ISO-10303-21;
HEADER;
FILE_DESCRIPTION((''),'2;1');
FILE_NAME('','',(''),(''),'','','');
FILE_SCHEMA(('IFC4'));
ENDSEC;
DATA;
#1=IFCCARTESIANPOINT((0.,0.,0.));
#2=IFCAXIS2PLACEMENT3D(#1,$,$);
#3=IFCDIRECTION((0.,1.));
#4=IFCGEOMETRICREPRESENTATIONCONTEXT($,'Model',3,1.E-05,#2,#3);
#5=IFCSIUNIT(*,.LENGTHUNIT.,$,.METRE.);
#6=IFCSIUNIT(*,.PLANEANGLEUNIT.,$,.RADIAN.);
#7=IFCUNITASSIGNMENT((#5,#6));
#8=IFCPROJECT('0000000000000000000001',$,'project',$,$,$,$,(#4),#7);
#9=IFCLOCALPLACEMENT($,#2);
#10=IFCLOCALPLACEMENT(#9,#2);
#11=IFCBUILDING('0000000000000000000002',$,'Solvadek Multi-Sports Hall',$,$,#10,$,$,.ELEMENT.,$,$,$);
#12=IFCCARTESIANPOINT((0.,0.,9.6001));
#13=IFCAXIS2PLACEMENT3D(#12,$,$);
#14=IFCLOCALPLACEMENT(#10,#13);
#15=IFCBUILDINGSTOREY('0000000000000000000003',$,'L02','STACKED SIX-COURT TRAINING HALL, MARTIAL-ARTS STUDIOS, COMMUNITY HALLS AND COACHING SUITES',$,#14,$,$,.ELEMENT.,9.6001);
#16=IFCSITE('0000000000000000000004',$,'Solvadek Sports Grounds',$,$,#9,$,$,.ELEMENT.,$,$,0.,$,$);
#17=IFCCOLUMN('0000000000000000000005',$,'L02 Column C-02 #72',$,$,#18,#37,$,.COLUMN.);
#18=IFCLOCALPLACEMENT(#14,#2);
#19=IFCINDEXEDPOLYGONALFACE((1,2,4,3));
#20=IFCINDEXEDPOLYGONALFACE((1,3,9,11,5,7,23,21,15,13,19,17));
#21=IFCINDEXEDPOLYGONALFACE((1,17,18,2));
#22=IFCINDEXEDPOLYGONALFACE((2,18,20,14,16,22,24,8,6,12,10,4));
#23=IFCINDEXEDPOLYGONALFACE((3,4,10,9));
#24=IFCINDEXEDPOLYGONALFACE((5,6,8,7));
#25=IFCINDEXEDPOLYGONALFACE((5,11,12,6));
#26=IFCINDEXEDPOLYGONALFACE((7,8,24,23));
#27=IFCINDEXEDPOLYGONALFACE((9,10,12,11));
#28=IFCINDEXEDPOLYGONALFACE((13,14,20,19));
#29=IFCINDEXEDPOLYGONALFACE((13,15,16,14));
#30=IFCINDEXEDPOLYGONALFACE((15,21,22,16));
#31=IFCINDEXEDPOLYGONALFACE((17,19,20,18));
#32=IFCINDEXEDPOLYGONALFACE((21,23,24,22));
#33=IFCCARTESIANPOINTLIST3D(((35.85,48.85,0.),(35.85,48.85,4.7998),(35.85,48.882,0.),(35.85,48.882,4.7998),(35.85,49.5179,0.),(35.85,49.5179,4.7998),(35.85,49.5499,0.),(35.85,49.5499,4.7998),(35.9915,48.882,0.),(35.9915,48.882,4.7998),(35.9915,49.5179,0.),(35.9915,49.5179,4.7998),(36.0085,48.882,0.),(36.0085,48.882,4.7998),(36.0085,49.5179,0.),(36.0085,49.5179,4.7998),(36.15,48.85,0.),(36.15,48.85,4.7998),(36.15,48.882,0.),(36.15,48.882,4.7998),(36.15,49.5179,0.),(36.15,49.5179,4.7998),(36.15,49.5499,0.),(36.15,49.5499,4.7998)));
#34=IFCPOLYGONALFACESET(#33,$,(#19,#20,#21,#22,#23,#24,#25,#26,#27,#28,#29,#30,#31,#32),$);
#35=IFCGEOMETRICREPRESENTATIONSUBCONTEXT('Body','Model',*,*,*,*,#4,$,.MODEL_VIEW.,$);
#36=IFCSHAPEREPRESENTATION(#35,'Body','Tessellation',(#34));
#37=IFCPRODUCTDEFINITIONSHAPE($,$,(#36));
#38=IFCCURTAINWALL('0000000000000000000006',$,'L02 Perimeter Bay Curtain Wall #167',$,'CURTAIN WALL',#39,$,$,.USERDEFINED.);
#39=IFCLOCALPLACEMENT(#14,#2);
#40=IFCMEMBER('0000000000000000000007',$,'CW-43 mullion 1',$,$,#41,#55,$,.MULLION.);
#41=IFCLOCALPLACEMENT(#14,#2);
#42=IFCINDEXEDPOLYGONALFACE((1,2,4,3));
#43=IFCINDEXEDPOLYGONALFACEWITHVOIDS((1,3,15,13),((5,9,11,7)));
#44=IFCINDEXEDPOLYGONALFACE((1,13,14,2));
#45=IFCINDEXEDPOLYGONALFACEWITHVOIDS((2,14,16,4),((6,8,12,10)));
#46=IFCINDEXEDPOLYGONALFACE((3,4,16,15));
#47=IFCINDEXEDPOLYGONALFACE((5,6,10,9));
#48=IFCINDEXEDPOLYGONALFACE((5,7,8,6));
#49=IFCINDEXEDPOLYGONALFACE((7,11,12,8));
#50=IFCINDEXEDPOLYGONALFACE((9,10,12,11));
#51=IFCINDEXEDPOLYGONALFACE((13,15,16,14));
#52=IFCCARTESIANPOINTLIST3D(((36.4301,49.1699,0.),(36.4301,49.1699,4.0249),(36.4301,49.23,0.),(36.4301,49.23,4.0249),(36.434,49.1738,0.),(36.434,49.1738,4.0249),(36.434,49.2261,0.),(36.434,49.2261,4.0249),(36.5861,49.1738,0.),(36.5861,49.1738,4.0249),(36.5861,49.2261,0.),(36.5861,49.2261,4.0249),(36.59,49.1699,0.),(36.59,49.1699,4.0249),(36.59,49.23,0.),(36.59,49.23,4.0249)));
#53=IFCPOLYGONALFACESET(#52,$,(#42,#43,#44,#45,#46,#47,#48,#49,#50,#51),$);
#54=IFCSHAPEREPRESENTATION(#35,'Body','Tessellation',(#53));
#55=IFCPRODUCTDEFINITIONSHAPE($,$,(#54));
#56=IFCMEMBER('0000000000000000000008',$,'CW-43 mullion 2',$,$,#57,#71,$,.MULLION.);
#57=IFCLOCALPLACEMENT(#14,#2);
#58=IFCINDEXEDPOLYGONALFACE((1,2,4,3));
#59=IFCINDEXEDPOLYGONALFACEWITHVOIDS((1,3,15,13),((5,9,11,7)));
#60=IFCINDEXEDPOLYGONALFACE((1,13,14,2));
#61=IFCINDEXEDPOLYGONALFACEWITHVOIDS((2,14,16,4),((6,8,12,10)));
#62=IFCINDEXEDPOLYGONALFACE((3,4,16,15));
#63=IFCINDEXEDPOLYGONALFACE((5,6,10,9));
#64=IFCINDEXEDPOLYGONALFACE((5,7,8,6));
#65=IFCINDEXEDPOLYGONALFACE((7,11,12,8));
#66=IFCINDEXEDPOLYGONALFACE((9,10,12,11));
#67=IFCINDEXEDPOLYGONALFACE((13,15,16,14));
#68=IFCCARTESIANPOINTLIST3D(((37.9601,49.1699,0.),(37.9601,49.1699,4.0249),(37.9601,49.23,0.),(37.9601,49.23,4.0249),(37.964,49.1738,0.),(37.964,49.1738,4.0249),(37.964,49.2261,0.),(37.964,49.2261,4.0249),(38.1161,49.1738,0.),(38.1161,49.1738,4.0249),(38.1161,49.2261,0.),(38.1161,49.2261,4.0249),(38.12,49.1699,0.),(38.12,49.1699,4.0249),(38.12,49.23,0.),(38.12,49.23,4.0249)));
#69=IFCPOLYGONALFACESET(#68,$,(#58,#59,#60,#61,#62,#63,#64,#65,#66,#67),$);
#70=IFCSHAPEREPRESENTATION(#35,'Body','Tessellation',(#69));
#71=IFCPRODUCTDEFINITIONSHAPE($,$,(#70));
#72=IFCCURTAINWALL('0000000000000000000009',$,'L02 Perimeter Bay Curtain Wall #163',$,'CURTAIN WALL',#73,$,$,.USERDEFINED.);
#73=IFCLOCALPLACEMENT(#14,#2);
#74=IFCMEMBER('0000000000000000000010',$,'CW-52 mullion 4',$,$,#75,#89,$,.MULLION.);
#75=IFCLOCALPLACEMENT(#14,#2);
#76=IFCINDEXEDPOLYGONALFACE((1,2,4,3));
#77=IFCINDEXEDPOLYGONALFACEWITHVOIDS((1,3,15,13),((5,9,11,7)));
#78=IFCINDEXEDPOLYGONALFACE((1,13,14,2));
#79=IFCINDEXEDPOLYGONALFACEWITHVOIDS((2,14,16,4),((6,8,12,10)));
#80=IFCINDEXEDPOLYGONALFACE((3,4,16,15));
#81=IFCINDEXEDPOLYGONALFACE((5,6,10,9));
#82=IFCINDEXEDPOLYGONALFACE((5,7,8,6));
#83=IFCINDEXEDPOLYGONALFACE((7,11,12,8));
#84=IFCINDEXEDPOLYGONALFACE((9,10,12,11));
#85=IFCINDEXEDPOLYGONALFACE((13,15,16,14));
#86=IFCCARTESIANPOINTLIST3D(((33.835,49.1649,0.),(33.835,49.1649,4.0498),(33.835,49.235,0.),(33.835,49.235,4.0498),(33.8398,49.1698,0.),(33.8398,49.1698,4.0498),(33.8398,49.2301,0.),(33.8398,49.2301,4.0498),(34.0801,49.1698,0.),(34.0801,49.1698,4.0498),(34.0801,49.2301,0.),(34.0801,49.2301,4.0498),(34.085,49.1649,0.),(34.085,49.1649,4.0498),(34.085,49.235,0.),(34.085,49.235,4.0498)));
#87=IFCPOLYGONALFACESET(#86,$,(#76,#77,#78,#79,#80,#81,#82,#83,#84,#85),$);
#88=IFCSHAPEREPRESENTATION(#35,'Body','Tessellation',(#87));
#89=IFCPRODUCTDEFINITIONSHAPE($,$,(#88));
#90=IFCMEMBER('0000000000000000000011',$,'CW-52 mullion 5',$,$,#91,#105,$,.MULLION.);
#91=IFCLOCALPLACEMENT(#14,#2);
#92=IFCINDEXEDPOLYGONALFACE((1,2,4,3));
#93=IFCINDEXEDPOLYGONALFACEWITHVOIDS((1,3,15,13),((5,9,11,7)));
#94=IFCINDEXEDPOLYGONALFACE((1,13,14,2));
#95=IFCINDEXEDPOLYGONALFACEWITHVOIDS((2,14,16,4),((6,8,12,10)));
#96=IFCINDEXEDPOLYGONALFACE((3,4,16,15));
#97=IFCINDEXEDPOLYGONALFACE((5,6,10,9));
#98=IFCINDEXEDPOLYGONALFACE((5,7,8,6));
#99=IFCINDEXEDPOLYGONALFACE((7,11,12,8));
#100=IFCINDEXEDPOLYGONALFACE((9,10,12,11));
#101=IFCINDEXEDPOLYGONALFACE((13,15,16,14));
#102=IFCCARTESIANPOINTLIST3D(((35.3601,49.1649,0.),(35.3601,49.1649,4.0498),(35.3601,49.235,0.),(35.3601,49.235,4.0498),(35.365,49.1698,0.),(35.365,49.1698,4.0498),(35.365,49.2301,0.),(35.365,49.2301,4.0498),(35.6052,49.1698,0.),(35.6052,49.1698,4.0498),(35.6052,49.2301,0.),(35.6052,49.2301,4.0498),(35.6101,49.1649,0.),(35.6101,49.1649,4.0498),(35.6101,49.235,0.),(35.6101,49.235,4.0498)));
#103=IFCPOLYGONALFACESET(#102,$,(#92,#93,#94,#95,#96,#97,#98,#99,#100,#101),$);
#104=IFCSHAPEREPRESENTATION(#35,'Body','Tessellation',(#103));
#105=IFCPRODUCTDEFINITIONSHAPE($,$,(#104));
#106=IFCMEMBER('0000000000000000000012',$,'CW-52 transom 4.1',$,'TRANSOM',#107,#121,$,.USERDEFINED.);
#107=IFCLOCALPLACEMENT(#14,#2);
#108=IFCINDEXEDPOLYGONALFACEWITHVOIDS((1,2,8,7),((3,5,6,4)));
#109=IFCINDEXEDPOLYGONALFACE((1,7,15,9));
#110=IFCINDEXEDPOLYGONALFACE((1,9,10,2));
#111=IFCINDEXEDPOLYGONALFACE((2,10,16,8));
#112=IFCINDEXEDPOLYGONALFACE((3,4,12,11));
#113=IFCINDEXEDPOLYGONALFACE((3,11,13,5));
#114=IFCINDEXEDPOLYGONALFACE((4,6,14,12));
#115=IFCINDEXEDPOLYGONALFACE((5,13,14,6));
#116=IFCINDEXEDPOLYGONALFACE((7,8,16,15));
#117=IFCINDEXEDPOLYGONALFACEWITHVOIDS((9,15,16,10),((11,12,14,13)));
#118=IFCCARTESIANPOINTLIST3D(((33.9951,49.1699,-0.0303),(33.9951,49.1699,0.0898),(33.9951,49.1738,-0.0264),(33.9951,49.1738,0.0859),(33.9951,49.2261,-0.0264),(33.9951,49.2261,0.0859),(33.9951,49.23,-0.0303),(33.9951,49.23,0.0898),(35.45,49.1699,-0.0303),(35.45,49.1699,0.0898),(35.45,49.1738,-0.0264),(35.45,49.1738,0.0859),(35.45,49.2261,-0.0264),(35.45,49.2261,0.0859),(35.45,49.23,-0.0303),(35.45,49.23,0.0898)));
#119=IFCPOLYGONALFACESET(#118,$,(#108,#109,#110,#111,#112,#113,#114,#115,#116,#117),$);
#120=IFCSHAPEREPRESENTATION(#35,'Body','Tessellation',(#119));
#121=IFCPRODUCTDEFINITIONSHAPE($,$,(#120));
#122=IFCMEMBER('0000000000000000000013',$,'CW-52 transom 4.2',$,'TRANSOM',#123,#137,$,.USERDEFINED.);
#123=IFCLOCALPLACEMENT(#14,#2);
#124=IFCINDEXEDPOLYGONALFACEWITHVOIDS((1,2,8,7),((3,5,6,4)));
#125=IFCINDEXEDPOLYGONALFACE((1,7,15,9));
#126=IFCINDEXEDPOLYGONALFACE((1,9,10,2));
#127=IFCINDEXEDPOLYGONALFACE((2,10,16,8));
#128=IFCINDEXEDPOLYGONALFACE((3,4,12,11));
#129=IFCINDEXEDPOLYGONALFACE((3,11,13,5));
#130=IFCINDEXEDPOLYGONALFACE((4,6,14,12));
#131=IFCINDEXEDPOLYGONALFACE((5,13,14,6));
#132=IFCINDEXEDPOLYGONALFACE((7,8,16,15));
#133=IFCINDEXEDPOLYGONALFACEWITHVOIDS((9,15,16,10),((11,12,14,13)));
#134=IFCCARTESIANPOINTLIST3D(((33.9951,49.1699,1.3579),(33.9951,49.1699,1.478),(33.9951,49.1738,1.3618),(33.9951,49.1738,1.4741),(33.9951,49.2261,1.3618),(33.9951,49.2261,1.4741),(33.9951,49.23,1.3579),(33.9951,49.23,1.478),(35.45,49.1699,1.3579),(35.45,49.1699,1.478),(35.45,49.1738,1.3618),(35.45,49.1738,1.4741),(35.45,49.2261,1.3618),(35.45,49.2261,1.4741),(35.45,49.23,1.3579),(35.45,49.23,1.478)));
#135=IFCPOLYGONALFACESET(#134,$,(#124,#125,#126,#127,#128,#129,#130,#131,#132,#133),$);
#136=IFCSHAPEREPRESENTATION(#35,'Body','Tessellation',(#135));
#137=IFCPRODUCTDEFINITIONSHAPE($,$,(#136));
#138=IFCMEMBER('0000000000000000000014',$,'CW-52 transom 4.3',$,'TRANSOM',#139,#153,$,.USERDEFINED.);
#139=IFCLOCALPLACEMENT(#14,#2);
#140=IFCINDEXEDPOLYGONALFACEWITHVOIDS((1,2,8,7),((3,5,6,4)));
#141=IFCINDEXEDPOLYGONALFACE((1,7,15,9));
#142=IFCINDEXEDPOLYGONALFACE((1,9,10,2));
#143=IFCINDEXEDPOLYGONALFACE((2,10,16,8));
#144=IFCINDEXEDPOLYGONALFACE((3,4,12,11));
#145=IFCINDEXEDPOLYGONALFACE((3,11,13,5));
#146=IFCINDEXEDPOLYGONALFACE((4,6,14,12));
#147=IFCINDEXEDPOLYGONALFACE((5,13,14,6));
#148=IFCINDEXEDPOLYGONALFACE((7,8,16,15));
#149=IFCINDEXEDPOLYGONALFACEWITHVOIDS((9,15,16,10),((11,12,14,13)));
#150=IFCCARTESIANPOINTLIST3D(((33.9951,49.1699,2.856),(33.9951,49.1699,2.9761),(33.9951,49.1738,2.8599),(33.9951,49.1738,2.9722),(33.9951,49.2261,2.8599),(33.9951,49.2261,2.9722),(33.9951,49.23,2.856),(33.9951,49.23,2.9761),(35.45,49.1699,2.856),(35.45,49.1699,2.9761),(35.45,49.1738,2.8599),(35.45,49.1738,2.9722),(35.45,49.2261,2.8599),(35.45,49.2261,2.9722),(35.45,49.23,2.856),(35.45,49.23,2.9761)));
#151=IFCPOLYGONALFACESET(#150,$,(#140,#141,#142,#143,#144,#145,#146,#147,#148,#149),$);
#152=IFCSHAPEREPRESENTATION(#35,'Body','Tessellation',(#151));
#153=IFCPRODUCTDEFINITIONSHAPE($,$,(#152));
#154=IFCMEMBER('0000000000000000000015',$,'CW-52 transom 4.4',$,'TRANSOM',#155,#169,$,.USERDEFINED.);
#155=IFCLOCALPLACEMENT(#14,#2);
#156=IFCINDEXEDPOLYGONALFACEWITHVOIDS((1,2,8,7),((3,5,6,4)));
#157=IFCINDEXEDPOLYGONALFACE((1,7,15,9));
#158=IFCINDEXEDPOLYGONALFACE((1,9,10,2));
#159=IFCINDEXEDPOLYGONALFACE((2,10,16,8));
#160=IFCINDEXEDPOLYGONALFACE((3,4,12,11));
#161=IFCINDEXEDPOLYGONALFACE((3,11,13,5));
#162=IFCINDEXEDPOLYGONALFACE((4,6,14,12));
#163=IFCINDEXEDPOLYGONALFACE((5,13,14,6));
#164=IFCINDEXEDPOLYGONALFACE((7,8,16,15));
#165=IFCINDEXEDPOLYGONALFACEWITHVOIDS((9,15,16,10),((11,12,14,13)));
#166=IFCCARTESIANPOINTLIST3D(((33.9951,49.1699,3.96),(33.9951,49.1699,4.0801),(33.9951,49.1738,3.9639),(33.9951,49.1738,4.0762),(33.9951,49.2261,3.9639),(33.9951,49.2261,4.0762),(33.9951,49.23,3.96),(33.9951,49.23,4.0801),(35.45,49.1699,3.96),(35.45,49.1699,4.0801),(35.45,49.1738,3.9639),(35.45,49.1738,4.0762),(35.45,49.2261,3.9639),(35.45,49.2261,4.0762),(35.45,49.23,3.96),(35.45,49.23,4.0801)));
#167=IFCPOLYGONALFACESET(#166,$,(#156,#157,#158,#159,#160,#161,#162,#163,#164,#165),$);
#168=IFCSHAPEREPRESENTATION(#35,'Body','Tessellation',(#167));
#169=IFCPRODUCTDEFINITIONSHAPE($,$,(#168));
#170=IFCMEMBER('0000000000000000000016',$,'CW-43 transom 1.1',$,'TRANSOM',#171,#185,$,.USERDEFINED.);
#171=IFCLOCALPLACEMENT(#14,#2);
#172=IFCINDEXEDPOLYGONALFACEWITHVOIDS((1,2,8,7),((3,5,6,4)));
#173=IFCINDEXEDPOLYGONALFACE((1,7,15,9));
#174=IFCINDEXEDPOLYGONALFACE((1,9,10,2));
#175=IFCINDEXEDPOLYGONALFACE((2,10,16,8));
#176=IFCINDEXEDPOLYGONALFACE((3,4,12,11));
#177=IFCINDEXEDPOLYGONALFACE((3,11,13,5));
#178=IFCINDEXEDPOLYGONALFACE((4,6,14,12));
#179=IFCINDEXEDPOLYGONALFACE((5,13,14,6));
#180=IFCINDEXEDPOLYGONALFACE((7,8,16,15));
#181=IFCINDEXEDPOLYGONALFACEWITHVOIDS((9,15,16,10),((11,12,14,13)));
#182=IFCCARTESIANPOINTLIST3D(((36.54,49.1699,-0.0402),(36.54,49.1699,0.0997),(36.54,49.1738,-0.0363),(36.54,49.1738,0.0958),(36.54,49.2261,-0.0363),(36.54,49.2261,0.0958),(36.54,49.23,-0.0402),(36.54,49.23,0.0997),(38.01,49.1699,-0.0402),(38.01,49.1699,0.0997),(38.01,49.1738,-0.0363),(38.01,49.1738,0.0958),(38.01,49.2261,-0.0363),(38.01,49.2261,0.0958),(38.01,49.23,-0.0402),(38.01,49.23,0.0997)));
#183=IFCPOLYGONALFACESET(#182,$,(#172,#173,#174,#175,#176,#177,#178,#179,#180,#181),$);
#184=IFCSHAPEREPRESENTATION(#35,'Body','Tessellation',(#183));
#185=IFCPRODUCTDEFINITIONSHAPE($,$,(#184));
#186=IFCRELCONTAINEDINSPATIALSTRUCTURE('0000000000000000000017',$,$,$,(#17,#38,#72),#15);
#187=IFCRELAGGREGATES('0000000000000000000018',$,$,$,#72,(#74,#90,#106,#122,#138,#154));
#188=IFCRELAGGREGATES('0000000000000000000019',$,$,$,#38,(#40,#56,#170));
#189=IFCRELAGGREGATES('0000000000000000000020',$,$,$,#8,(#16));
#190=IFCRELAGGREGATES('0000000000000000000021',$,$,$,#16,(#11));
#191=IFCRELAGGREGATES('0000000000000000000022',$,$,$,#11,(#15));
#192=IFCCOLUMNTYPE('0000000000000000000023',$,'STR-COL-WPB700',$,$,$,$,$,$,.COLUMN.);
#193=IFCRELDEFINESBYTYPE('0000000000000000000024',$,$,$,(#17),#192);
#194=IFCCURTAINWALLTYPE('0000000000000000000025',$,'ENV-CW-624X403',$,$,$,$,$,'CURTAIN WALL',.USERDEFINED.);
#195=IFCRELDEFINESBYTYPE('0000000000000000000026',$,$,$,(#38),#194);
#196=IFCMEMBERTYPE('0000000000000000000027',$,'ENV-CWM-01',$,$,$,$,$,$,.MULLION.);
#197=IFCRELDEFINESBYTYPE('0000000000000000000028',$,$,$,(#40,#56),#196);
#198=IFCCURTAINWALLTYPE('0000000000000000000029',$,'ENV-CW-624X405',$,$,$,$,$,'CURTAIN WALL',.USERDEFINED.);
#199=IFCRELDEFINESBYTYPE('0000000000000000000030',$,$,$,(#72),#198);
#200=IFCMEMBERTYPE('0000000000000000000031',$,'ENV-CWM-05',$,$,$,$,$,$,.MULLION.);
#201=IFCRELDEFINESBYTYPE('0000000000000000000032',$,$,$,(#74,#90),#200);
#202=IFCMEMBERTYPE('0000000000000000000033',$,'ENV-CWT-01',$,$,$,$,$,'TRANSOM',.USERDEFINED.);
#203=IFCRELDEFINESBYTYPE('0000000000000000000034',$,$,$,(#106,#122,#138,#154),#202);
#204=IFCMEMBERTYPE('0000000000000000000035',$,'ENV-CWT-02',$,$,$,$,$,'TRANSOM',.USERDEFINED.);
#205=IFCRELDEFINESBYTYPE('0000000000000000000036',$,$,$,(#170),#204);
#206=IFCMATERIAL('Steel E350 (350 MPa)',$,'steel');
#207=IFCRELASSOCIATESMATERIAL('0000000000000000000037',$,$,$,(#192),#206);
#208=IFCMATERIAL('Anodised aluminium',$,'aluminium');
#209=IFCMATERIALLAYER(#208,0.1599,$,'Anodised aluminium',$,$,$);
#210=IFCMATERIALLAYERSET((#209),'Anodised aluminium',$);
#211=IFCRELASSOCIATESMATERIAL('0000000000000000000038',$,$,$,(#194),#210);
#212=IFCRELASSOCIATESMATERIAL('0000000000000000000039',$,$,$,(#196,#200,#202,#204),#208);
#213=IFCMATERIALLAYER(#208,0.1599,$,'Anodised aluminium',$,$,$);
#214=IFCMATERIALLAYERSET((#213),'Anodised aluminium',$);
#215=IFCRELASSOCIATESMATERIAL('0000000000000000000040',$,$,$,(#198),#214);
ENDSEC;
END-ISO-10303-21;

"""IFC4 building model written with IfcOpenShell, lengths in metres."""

from ifc_helpers import new_model, si_unit, direction, frame, origin, origin_2d, place, context, subcontext, project, spatial, hollow_rectangle, i_section, extrude, material, layer, layer_set, material_profile, profile_set, type_object, element, aggregate, save


model = new_model("IFC4")

# Units and contexts
model_context = context("Model", 3, precision=1e-05, world=origin(), true_north=direction((0.0, 1.0)))
body_context = subcontext(model_context, "Body", "Model", "MODEL_VIEW")
ifc_project = project(units=[si_unit("LENGTHUNIT", "METRE"), si_unit("PLANEANGLEUNIT", "RADIAN")], contexts=[model_context])

# Site, building, storey
site_placement = place(None, origin())
site = spatial("IfcSite", under=ifc_project, at=site_placement, Name="Solvadek Sports Grounds", CompositionType="ELEMENT", RefElevation=0.0)
building_placement = place(site_placement, origin())
building = spatial("IfcBuilding", under=site, at=building_placement, Name="Solvadek Multi-Sports Hall", CompositionType="ELEMENT")
storey_placement = place(building_placement, frame((0.0, 0.0, 9.6001)))
storey = spatial("IfcBuildingStorey", under=building, at=storey_placement, Name="L02", Description="STACKED SIX-COURT TRAINING HALL, MARTIAL-ARTS STUDIOS, COMMUNITY HALLS AND COACHING SUITES", CompositionType="ELEMENT", Elevation=9.6001)

# Column
ifc_material_1 = material(Name="Steel E350 (350 MPa)", Category="steel")
ifc_material_profile_1 = material_profile(ifc_material_1, i_section(OverallWidth=0.3, OverallDepth=0.7, WebThickness=0.0171, FlangeThickness=0.032, at=origin_2d()), Name="WPB 700")
ifc_profile_set_1 = profile_set([ifc_material_profile_1], Name="Steel E350 (350 MPa)")
column_type = type_object("IfcColumnType", Name="STR-COL-WPB700", PredefinedType="COLUMN", material=ifc_profile_set_1)
column_placement = place(storey_placement, frame((36.0, 49.2, 0.0), z_axis=(0.0, 0.0, 1.0), x_axis=(1.0, 0.0, 0.0)))
element("IfcColumn", 1, at=column_placement, inside=storey, type_object=column_type, Name="L02 Column C-02 #72", PredefinedType="COLUMN", context=body_context, shape_type="SweptSolid", body=[
    extrude(i_section(OverallWidth=0.3, OverallDepth=0.7, WebThickness=0.0171, FlangeThickness=0.032, at=origin_2d()), origin(), (0.0, 0.0, 1.0), 4.7998),
])

# Curtain walls, members
ifc_material_2 = material(Name="Anodised aluminium", Category="aluminium")
ifc_layer_1 = layer(ifc_material_2, 0.1599, Name="Anodised aluminium")
ifc_layer_set_1 = layer_set([ifc_layer_1], Name="Anodised aluminium")
curtain_wall_type_1 = type_object("IfcCurtainWallType", Name="ENV-CW-624X403", ElementType="CURTAIN WALL", PredefinedType="USERDEFINED", material=ifc_layer_set_1)
curtain_wall_1_placement = place(storey_placement, origin())
curtain_wall_1 = element("IfcCurtainWall", 2, at=curtain_wall_1_placement, inside=storey, type_object=curtain_wall_type_1, Name="L02 Perimeter Bay Curtain Wall #167", ObjectType="CURTAIN WALL", PredefinedType="USERDEFINED")
ifc_material_profile_2 = material_profile(ifc_material_2, hollow_rectangle(XDim=0.0601, YDim=0.1599, WallThickness=0.0039, at=origin_2d()), Name="ALU-M 160x60x4")
ifc_profile_set_2 = profile_set([ifc_material_profile_2], Name="Anodised aluminium")
member_type_1 = type_object("IfcMemberType", Name="ENV-CWM-01", PredefinedType="MULLION", material=ifc_profile_set_2)
member_1_placement = place(storey_placement, frame((36.51, 49.2, 0.0), z_axis=(0.0, 0.0, 1.0), x_axis=(0.0, 1.0, 0.0)))
member_1 = element("IfcMember", 3, at=member_1_placement, type_object=member_type_1, Name="CW-43 mullion 1", PredefinedType="MULLION", context=body_context, shape_type="SweptSolid", body=[
    extrude(hollow_rectangle(XDim=0.0601, YDim=0.1599, WallThickness=0.0039, at=origin_2d()), origin(), (0.0, 0.0, 1.0), 4.0249),
])
member_2_placement = place(storey_placement, frame((38.04, 49.2, 0.0), z_axis=(0.0, 0.0, 1.0), x_axis=(0.0, 1.0, 0.0)))
member_2 = element("IfcMember", 4, at=member_2_placement, type_object=member_type_1, Name="CW-43 mullion 2", PredefinedType="MULLION", context=body_context, shape_type="SweptSolid", body=[
    extrude(hollow_rectangle(XDim=0.0601, YDim=0.1599, WallThickness=0.0039, at=origin_2d()), origin(), (0.0, 0.0, 1.0), 4.0249),
])
ifc_layer_2 = layer(ifc_material_2, 0.1599, Name="Anodised aluminium")
ifc_layer_set_2 = layer_set([ifc_layer_2], Name="Anodised aluminium")
curtain_wall_type_2 = type_object("IfcCurtainWallType", Name="ENV-CW-624X405", ElementType="CURTAIN WALL", PredefinedType="USERDEFINED", material=ifc_layer_set_2)
curtain_wall_2_placement = place(storey_placement, origin())
curtain_wall_2 = element("IfcCurtainWall", 5, at=curtain_wall_2_placement, inside=storey, type_object=curtain_wall_type_2, Name="L02 Perimeter Bay Curtain Wall #163", ObjectType="CURTAIN WALL", PredefinedType="USERDEFINED")
ifc_material_profile_3 = material_profile(ifc_material_2, hollow_rectangle(XDim=0.0701, YDim=0.25, WallThickness=0.0049, at=origin_2d()), Name="ALU-M 250x70x5")
ifc_profile_set_3 = profile_set([ifc_material_profile_3], Name="Anodised aluminium")
member_type_2 = type_object("IfcMemberType", Name="ENV-CWM-05", PredefinedType="MULLION", material=ifc_profile_set_3)
member_3_placement = place(storey_placement, frame((33.96, 49.2, 0.0), z_axis=(0.0, 0.0, 1.0), x_axis=(0.0, 1.0, 0.0)))
member_3 = element("IfcMember", 6, at=member_3_placement, type_object=member_type_2, Name="CW-52 mullion 4", PredefinedType="MULLION", context=body_context, shape_type="SweptSolid", body=[
    extrude(hollow_rectangle(XDim=0.0701, YDim=0.25, WallThickness=0.0049, at=origin_2d()), origin(), (0.0, 0.0, 1.0), 4.0498),
])
member_4_placement = place(storey_placement, frame((35.4851, 49.2, 0.0), z_axis=(0.0, 0.0, 1.0), x_axis=(0.0, 1.0, 0.0)))
member_4 = element("IfcMember", 7, at=member_4_placement, type_object=member_type_2, Name="CW-52 mullion 5", PredefinedType="MULLION", context=body_context, shape_type="SweptSolid", body=[
    extrude(hollow_rectangle(XDim=0.0701, YDim=0.25, WallThickness=0.0049, at=origin_2d()), origin(), (0.0, 0.0, 1.0), 4.0498),
])
ifc_material_profile_4 = material_profile(ifc_material_2, hollow_rectangle(XDim=0.0601, YDim=0.1201, WallThickness=0.0039, at=origin_2d()), Name="ALU-T 120x60x4")
ifc_profile_set_4 = profile_set([ifc_material_profile_4], Name="Anodised aluminium")
member_type_3 = type_object("IfcMemberType", Name="ENV-CWT-01", ElementType="TRANSOM", PredefinedType="USERDEFINED", material=ifc_profile_set_4)
member_5_placement = place(storey_placement, frame((33.9951, 49.2, 0.0298), z_axis=(1.0, 0.0, 0.0), x_axis=(0.0, 1.0, 0.0)))
member_5 = element("IfcMember", 8, at=member_5_placement, type_object=member_type_3, Name="CW-52 transom 4.1", ObjectType="TRANSOM", PredefinedType="USERDEFINED", context=body_context, shape_type="SweptSolid", body=[
    extrude(hollow_rectangle(XDim=0.0601, YDim=0.1201, WallThickness=0.0039, at=origin_2d()), origin(), (0.0, 0.0, 1.0), 1.4548),
])
member_6_placement = place(storey_placement, frame((33.9951, 49.2, 1.418), z_axis=(1.0, 0.0, 0.0), x_axis=(0.0, 1.0, 0.0)))
member_6 = element("IfcMember", 9, at=member_6_placement, type_object=member_type_3, Name="CW-52 transom 4.2", ObjectType="TRANSOM", PredefinedType="USERDEFINED", context=body_context, shape_type="SweptSolid", body=[
    extrude(hollow_rectangle(XDim=0.0601, YDim=0.1201, WallThickness=0.0039, at=origin_2d()), origin(), (0.0, 0.0, 1.0), 1.4548),
])
member_7_placement = place(storey_placement, frame((33.9951, 49.2, 2.916), z_axis=(1.0, 0.0, 0.0), x_axis=(0.0, 1.0, 0.0)))
member_7 = element("IfcMember", 10, at=member_7_placement, type_object=member_type_3, Name="CW-52 transom 4.3", ObjectType="TRANSOM", PredefinedType="USERDEFINED", context=body_context, shape_type="SweptSolid", body=[
    extrude(hollow_rectangle(XDim=0.0601, YDim=0.1201, WallThickness=0.0039, at=origin_2d()), origin(), (0.0, 0.0, 1.0), 1.4548),
])
member_8_placement = place(storey_placement, frame((33.9951, 49.2, 4.02), z_axis=(1.0, 0.0, 0.0), x_axis=(0.0, 1.0, 0.0)))
member_8 = element("IfcMember", 11, at=member_8_placement, type_object=member_type_3, Name="CW-52 transom 4.4", ObjectType="TRANSOM", PredefinedType="USERDEFINED", context=body_context, shape_type="SweptSolid", body=[
    extrude(hollow_rectangle(XDim=0.0601, YDim=0.1201, WallThickness=0.0039, at=origin_2d()), origin(), (0.0, 0.0, 1.0), 1.4548),
])

# Member
ifc_material_profile_5 = material_profile(ifc_material_2, hollow_rectangle(XDim=0.0601, YDim=0.1399, WallThickness=0.0039, at=origin_2d()), Name="ALU-T 140x60x4")
ifc_profile_set_5 = profile_set([ifc_material_profile_5], Name="Anodised aluminium")
member_type_4 = type_object("IfcMemberType", Name="ENV-CWT-02", ElementType="TRANSOM", PredefinedType="USERDEFINED", material=ifc_profile_set_5)
member_9_placement = place(storey_placement, frame((36.54, 49.2, 0.0298), z_axis=(1.0, 0.0, 0.0), x_axis=(0.0, 1.0, 0.0)))
member_9 = element("IfcMember", 12, at=member_9_placement, type_object=member_type_4, Name="CW-43 transom 1.1", ObjectType="TRANSOM", PredefinedType="USERDEFINED", context=body_context, shape_type="SweptSolid", body=[
    extrude(hollow_rectangle(XDim=0.0601, YDim=0.1399, WallThickness=0.0039, at=origin_2d()), origin(), (0.0, 0.0, 1.0), 1.47),
])

aggregate(curtain_wall_2, [member_3, member_4, member_5, member_6, member_7, member_8])
aggregate(curtain_wall_1, [member_1, member_2, member_9])

save(model, "model.ifc")
